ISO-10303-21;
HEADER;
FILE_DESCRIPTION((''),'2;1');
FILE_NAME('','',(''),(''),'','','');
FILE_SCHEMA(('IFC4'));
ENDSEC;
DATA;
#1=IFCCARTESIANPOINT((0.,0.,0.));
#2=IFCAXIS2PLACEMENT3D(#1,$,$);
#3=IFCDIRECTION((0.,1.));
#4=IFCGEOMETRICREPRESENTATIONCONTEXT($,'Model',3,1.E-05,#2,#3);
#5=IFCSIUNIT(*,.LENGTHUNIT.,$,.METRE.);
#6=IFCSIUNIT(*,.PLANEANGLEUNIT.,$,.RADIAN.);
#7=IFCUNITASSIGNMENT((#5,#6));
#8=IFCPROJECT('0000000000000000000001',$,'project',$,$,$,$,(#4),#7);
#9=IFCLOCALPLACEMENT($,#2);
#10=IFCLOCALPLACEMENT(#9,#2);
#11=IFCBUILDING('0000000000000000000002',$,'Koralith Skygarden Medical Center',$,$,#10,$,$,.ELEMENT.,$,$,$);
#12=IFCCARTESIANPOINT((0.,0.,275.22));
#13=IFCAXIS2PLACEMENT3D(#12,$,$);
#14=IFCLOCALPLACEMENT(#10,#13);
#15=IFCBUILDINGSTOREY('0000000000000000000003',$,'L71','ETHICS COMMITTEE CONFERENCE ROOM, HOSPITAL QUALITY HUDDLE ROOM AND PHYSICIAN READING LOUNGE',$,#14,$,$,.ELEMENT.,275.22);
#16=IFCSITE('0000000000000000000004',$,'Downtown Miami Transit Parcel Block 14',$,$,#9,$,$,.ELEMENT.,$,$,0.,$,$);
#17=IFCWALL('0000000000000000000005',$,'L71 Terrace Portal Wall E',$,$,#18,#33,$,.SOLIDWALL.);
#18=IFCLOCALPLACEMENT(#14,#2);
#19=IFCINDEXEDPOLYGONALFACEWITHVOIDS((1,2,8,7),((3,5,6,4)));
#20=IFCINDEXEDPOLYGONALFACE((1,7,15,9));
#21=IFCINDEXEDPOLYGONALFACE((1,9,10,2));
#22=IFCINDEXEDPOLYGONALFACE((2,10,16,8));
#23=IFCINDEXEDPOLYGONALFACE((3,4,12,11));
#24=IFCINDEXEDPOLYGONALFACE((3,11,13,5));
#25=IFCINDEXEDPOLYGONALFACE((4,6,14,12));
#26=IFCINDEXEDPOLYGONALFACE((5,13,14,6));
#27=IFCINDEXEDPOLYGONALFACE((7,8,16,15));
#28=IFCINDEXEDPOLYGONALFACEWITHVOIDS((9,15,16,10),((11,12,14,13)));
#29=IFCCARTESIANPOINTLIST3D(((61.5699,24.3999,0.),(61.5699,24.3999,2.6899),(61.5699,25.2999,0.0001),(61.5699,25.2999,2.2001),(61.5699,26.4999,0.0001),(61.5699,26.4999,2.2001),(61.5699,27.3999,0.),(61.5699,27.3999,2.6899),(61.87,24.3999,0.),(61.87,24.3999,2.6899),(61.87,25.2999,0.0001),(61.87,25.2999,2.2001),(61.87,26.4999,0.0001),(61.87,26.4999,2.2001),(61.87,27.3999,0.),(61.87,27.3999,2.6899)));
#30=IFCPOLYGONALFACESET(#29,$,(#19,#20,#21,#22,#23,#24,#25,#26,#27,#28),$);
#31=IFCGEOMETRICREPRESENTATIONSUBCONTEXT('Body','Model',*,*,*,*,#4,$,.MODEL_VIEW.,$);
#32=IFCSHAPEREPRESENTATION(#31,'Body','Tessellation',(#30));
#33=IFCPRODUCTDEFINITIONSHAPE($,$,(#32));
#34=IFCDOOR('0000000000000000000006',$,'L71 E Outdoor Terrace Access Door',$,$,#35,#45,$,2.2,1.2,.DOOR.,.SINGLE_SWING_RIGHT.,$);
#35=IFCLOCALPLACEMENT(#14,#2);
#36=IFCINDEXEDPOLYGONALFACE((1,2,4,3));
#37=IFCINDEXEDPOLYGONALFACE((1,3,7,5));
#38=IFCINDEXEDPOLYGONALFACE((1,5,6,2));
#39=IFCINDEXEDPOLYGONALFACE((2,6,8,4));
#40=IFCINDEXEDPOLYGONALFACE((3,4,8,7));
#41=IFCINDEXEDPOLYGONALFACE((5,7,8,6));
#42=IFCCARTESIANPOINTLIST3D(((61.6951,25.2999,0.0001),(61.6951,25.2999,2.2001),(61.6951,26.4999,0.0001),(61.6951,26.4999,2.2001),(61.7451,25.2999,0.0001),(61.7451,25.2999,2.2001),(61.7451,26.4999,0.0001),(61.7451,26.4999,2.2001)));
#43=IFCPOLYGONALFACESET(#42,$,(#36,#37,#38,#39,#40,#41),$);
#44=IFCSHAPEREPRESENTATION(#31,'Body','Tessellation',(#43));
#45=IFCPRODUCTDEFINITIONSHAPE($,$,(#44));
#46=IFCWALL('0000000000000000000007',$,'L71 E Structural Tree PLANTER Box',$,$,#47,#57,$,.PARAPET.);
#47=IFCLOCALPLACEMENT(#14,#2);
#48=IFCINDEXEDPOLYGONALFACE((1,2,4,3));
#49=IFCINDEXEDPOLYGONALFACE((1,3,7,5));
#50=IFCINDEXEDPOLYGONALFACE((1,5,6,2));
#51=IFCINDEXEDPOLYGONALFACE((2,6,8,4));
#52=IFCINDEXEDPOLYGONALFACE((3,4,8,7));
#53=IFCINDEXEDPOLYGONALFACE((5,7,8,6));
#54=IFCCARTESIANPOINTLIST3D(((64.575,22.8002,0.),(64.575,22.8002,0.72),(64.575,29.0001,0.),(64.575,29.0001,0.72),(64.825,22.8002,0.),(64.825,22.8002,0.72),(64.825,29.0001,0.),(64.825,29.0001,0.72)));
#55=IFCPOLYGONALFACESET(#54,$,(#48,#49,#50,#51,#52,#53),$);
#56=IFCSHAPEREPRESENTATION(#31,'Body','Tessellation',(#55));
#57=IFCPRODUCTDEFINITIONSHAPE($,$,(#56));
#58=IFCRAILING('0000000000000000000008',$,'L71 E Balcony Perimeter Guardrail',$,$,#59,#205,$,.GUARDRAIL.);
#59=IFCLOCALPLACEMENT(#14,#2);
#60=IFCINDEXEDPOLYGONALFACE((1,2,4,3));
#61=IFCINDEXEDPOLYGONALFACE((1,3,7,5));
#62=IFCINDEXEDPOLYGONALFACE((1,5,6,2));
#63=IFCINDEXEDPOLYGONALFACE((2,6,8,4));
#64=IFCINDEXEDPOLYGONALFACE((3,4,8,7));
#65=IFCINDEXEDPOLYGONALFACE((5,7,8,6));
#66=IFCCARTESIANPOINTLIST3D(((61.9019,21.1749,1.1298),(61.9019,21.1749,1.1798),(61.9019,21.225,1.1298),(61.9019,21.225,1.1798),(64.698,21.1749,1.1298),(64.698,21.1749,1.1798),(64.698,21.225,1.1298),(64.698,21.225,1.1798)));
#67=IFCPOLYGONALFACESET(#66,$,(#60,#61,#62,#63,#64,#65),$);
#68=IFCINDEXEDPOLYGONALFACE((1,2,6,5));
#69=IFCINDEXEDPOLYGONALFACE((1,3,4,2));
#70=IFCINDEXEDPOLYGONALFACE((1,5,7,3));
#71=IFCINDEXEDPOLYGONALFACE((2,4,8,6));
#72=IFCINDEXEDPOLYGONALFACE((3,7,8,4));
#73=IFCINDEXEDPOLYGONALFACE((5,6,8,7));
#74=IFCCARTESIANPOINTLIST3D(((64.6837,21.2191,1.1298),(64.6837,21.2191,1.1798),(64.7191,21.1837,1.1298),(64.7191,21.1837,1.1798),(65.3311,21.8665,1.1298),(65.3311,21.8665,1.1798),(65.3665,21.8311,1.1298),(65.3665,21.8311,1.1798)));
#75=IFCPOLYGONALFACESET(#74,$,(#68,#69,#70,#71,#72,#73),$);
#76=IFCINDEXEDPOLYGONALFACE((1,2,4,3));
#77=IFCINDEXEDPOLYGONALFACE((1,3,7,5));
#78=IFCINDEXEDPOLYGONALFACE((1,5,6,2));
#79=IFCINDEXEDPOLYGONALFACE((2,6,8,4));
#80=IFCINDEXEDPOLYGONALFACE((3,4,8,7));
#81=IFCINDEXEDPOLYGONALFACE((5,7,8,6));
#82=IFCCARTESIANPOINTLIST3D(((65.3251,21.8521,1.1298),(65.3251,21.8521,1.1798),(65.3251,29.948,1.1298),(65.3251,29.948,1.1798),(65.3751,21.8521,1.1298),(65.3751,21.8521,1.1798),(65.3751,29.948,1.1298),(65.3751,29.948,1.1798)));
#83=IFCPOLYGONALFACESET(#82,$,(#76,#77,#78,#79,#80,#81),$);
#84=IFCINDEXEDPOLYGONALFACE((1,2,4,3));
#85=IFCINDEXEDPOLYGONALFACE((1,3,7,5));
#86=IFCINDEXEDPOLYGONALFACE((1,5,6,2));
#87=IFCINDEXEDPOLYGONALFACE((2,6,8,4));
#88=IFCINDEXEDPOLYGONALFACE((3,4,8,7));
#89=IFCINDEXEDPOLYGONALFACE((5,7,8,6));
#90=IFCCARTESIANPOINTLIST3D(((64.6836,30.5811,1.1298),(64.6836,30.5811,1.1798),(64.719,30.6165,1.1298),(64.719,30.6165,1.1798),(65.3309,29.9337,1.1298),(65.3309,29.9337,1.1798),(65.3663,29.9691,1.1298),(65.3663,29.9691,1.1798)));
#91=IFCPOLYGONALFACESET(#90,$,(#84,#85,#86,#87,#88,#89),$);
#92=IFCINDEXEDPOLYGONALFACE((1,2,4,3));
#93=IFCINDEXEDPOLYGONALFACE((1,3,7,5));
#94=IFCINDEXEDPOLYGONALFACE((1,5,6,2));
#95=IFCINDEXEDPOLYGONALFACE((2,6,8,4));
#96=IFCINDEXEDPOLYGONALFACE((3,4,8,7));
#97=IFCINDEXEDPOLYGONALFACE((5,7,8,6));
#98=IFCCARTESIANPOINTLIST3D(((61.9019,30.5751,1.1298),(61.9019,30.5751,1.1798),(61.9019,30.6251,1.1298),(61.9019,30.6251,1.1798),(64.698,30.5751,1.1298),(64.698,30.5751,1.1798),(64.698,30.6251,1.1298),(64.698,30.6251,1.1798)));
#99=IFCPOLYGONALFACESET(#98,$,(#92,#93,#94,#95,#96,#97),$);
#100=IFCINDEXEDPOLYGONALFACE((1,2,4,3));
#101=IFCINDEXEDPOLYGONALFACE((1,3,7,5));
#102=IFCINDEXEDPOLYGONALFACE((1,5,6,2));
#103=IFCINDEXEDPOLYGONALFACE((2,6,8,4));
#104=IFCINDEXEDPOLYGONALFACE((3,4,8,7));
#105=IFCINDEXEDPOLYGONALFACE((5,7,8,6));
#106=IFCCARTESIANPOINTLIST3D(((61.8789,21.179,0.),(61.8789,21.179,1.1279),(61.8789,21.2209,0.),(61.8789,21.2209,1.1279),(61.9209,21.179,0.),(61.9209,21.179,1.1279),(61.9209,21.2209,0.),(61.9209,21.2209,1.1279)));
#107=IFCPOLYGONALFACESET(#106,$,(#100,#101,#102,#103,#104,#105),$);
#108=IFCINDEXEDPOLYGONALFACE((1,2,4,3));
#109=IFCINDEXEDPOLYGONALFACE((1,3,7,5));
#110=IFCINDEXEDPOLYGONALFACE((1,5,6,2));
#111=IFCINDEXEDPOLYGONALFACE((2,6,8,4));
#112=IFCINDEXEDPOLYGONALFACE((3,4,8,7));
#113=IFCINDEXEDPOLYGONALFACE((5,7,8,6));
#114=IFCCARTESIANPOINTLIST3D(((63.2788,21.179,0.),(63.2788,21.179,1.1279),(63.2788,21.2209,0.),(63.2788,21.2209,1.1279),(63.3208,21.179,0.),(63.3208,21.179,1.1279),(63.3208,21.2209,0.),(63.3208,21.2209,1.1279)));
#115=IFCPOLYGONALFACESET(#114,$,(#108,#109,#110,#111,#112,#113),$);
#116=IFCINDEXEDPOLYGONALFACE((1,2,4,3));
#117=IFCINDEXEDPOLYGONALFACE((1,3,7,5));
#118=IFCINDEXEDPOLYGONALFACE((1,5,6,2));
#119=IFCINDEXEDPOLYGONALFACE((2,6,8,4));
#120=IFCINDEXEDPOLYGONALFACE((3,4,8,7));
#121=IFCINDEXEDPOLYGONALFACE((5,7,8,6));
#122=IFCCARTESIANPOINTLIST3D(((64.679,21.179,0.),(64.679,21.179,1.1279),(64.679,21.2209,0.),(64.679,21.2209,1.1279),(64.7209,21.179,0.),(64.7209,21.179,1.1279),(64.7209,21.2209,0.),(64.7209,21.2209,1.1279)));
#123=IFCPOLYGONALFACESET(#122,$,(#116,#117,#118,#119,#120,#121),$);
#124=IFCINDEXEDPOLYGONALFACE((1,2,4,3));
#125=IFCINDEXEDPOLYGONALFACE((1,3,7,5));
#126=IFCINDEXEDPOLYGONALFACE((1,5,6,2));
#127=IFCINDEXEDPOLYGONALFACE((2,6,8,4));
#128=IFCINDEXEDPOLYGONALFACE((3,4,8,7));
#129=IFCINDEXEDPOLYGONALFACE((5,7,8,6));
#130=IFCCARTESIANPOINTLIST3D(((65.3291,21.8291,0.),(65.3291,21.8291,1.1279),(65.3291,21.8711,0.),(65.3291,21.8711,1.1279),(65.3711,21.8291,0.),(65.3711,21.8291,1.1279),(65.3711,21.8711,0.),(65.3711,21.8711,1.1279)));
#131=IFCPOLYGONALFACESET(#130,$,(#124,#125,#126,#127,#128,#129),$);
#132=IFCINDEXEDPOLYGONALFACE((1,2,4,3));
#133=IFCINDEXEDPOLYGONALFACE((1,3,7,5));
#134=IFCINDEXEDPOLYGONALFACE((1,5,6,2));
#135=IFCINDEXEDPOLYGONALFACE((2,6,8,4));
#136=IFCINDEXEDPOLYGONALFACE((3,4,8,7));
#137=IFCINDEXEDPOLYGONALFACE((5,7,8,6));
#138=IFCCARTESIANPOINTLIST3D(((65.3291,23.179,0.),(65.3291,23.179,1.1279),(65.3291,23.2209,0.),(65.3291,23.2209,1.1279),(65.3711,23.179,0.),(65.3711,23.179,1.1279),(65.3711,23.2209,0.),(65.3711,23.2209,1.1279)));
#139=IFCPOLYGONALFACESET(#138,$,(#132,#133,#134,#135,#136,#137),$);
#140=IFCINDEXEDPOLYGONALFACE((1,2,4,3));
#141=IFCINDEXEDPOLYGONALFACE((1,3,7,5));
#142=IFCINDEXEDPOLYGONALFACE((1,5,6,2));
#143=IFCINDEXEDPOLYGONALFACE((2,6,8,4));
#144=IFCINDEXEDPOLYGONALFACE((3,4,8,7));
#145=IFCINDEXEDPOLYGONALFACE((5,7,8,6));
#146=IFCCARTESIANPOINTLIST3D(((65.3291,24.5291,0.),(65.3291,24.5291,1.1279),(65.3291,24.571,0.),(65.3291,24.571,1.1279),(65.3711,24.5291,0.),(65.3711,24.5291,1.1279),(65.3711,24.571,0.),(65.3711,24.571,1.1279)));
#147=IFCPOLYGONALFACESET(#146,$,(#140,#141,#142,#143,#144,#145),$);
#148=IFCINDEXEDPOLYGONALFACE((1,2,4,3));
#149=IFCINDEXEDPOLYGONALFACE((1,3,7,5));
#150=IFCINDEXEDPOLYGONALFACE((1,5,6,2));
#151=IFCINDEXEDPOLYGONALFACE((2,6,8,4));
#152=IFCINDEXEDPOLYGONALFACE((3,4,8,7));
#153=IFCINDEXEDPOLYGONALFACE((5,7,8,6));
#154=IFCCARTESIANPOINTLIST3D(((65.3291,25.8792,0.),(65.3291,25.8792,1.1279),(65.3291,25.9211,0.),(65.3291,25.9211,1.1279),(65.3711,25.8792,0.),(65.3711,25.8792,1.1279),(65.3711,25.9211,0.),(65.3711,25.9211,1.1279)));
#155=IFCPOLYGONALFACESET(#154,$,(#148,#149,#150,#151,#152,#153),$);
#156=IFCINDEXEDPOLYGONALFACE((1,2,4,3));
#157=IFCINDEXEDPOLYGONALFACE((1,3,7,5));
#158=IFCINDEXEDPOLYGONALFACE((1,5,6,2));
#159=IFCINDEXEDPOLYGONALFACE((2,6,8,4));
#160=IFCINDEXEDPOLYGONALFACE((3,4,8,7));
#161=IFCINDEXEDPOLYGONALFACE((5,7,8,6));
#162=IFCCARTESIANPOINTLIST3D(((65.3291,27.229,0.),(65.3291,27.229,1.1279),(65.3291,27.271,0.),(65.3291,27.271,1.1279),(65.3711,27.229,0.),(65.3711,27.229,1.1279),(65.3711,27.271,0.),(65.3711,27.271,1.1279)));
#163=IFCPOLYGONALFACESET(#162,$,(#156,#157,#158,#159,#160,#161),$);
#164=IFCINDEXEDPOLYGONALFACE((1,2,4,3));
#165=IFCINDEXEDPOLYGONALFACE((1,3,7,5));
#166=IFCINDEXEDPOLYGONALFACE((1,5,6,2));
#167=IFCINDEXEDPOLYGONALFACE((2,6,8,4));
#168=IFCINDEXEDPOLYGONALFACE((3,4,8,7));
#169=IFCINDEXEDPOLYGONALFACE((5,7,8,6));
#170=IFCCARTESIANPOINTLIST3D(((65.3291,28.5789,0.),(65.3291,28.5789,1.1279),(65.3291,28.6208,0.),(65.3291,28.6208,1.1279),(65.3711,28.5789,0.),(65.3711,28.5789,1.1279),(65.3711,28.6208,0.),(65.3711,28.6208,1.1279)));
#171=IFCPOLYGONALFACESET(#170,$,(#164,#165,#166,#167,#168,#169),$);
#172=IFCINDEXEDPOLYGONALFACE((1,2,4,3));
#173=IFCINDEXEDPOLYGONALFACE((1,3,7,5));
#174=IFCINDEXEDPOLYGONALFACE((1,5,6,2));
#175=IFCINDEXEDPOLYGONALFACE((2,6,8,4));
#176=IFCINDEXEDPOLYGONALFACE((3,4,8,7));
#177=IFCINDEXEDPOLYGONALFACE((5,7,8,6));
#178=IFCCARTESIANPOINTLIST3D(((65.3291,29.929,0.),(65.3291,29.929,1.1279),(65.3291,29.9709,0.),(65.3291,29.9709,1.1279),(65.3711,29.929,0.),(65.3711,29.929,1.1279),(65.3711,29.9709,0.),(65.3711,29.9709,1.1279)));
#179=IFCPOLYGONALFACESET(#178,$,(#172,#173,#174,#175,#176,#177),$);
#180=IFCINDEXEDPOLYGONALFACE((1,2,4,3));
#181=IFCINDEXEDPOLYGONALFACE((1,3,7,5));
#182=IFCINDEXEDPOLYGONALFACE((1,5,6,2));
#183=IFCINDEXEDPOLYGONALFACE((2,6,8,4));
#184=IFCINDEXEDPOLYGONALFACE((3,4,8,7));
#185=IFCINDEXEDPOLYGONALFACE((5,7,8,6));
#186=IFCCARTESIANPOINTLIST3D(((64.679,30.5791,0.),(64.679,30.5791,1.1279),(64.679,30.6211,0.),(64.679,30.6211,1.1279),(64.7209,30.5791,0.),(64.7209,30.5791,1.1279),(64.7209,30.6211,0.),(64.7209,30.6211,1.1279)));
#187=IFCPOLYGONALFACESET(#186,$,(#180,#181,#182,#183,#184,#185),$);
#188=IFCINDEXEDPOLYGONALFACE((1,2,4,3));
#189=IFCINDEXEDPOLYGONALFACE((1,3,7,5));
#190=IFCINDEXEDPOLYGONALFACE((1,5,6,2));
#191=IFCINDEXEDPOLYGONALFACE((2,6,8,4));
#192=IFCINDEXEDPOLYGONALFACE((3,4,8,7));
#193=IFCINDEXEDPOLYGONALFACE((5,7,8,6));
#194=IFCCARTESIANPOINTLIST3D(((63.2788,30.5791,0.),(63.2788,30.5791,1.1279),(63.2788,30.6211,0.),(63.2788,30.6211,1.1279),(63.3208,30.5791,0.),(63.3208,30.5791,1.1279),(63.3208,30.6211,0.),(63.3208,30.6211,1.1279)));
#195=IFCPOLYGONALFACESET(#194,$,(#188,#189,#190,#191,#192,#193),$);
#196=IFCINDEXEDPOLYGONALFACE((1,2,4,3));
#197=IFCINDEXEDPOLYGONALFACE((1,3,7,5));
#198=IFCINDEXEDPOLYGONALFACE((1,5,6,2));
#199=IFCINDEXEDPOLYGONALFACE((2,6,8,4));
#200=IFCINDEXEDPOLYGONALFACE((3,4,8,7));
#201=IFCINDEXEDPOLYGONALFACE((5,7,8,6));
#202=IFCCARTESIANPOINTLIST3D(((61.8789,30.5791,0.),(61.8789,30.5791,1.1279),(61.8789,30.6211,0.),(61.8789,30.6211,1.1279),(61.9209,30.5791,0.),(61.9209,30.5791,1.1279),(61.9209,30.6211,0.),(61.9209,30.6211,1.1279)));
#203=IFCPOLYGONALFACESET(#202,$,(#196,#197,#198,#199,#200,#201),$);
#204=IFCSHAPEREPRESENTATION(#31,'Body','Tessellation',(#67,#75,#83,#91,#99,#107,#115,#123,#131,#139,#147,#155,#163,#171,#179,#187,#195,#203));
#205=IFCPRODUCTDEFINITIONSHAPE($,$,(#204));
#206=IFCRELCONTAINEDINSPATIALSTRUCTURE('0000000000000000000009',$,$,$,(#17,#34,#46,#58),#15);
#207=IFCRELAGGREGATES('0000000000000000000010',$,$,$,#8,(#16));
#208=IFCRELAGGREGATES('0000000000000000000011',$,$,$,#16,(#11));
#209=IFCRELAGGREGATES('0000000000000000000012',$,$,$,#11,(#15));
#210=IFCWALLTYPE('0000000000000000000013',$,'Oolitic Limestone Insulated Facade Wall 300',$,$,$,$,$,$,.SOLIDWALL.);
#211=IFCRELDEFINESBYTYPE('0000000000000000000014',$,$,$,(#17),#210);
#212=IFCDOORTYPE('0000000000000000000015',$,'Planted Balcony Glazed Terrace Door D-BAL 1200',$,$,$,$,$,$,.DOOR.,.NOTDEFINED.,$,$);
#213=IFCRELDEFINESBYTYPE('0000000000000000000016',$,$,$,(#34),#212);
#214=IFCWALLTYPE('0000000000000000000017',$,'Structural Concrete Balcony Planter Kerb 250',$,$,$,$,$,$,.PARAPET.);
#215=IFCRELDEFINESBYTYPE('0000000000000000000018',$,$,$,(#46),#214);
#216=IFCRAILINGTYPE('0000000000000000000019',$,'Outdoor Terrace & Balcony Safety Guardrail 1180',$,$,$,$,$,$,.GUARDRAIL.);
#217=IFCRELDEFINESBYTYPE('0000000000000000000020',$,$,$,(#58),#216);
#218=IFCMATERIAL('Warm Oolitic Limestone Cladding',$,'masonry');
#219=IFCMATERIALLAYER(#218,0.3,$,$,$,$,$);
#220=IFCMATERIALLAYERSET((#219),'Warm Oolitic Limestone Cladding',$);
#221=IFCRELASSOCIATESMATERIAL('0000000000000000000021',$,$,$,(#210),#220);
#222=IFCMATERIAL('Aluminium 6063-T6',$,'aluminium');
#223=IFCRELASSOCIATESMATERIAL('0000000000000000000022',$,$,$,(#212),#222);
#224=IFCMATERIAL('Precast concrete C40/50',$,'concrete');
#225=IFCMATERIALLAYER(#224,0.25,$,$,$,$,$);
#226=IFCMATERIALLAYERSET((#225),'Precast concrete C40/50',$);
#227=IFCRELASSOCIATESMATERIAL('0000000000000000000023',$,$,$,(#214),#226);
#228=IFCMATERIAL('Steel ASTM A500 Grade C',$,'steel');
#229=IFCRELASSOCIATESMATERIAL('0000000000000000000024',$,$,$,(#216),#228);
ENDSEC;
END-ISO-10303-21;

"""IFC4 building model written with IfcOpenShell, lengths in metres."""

from ifc_helpers import new_model, si_unit, direction, frame, frame_2d, origin, origin_2d, place, context, subcontext, project, spatial, rectangle, extrude, material, layer, layer_set, type_object, element, fill, save


model = new_model("IFC4")

# Units and contexts
model_context = context("Model", 3, precision=1e-05, world=origin(), true_north=direction((0.0, 1.0)))
body_context = subcontext(model_context, "Body", "Model", "MODEL_VIEW")
ifc_project = project(units=[si_unit("LENGTHUNIT", "METRE"), si_unit("PLANEANGLEUNIT", "RADIAN")], contexts=[model_context])

# Site, building, storey
site_placement = place(None, origin())
site = spatial("IfcSite", under=ifc_project, at=site_placement, Name="Downtown Miami Transit Parcel Block 14", CompositionType="ELEMENT", RefElevation=0.0)
building_placement = place(site_placement, origin())
building = spatial("IfcBuilding", under=site, at=building_placement, Name="Koralith Skygarden Medical Center", CompositionType="ELEMENT")
storey_placement = place(building_placement, frame((0.0, 0.0, 275.22)))
storey = spatial("IfcBuildingStorey", under=building, at=storey_placement, Name="L71", Description="ETHICS COMMITTEE CONFERENCE ROOM, HOSPITAL QUALITY HUDDLE ROOM AND PHYSICIAN READING LOUNGE", CompositionType="ELEMENT", Elevation=275.22)

# Shared definitions
ifc_material_1 = material(Name="Aluminium 6063-T6", Category="aluminium")

# Wall, opening, door
ifc_material_2 = material(Name="Warm Oolitic Limestone Cladding", Category="masonry")
ifc_layer_1 = layer(ifc_material_2, 0.3)
ifc_layer_set_1 = layer_set([ifc_layer_1], Name="Warm Oolitic Limestone Cladding")
wall_type_1 = type_object("IfcWallType", Name="Oolitic Limestone Insulated Facade Wall 300", PredefinedType="SOLIDWALL", material=ifc_layer_set_1)
wall_1_placement = place(storey_placement, frame((61.72, 24.3999, 0.0), z_axis=(0.0, 0.0, 1.0), x_axis=(0.0, 1.0, 0.0)))
wall_1 = element("IfcWall", 1, at=wall_1_placement, inside=storey, type_object=wall_type_1, Name="L71 Terrace Portal Wall E", PredefinedType="SOLIDWALL", context=body_context, shape_type="SweptSolid", body=[
    extrude(rectangle(XDim=3.0, YDim=0.3, at=frame_2d((1.5, 0.0))), origin(), (0.0, 0.0, 1.0), 2.6899),
])
opening_1_placement = place(wall_1_placement, frame((0.8999, 0.0, 0.0)))
opening_1 = element("IfcOpeningElement", 2, at=opening_1_placement, cuts=wall_1, PredefinedType="OPENING", context=body_context, shape_type="SweptSolid", body=[
    extrude(rectangle(XDim=1.2, YDim=2.2, at=frame_2d((0.6001, 1.1001))), frame((0.0, 0.1599, 0.0), z_axis=(0.0, -1.0, 0.0), x_axis=(1.0, 0.0, 0.0)), (0.0, 0.0, 1.0), 0.3201),
])
door_type_1 = type_object("IfcDoorType", Name="Planted Balcony Glazed Terrace Door D-BAL 1200", OperationType="NOTDEFINED", PredefinedType="DOOR", material=ifc_material_1)
door_1_placement = place(opening_1_placement, origin())
door_1 = element("IfcDoor", 3, at=door_1_placement, inside=storey, type_object=door_type_1, Name="L71 E Outdoor Terrace Access Door", OperationType="SINGLE_SWING_RIGHT", OverallHeight=2.2, OverallWidth=1.2, PredefinedType="DOOR", context=body_context, shape_type="SweptSolid", body=[
    extrude(rectangle(XDim=1.2, YDim=2.2, at=frame_2d((0.6001, 1.1001))), frame((0.0, 0.0249, 0.0), z_axis=(0.0, -1.0, 0.0), x_axis=(1.0, 0.0, 0.0)), (0.0, 0.0, 1.0), 0.05),
])
fill(opening_1, door_1)

# Wall
ifc_material_3 = material(Name="Precast concrete C40/50", Category="concrete")
ifc_layer_2 = layer(ifc_material_3, 0.25)
ifc_layer_set_2 = layer_set([ifc_layer_2], Name="Precast concrete C40/50")
wall_type_2 = type_object("IfcWallType", Name="Structural Concrete Balcony Planter Kerb 250", PredefinedType="PARAPET", material=ifc_layer_set_2)
wall_2_placement = place(storey_placement, frame((64.7, 22.8, 0.0), z_axis=(0.0, 0.0, 1.0), x_axis=(0.0, 1.0, 0.0)))
element("IfcWall", 4, at=wall_2_placement, inside=storey, type_object=wall_type_2, Name="L71 E Structural Tree PLANTER Box", PredefinedType="PARAPET", context=body_context, shape_type="SweptSolid", body=[
    extrude(rectangle(XDim=6.2, YDim=0.25, at=frame_2d((3.1001, 0.0))), origin(), (0.0, 0.0, 1.0), 0.72),
])

# Railing
ifc_material_4 = material(Name="Steel ASTM A500 Grade C", Category="steel")
railing_type = type_object("IfcRailingType", Name="Outdoor Terrace & Balcony Safety Guardrail 1180", PredefinedType="GUARDRAIL", material=ifc_material_4)
railing_placement = place(storey_placement, frame((61.8999, 21.2, 0.0)))
element("IfcRailing", 5, at=railing_placement, inside=storey, type_object=railing_type, Name="L71 E Balcony Perimeter Guardrail", PredefinedType="GUARDRAIL", context=body_context, shape_type="SweptSolid", body=[
    extrude(rectangle(XDim=0.05, YDim=0.05, at=origin_2d()), frame((0.002, 0.0, 1.1548), z_axis=(1.0, 0.0, 0.0), x_axis=(0.0, 1.0, 0.0)), (0.0, 0.0, 1.0), 2.7961),
    extrude(rectangle(XDim=0.05, YDim=0.05, at=origin_2d()), frame((2.8015, 0.0015, 1.1548), z_axis=(0.707107, 0.707107, 0.0), x_axis=(-0.707107, 0.707107, 0.0)), (0.0, 0.0, 1.0), 0.9155),
    extrude(rectangle(XDim=0.05, YDim=0.05, at=origin_2d()), frame((3.4502, 0.6521, 1.1548), z_axis=(0.0, 1.0, 0.0), x_axis=(-1.0, 0.0, 0.0)), (0.0, 0.0, 1.0), 8.0959),
    extrude(rectangle(XDim=0.05, YDim=0.05, at=origin_2d()), frame((3.4487, 8.7515, 1.1548), z_axis=(-0.707107, 0.707107, 0.0), x_axis=(-0.707107, -0.707107, 0.0)), (0.0, 0.0, 1.0), 0.9155),
    extrude(rectangle(XDim=0.05, YDim=0.05, at=origin_2d()), frame((2.7981, 9.4001, 1.1548), z_axis=(-1.0, 0.0, 0.0), x_axis=(0.0, -1.0, 0.0)), (0.0, 0.0, 1.0), 2.7961),
    extrude(rectangle(XDim=0.042, YDim=0.042, at=origin_2d()), origin(), (0.0, 0.0, 1.0), 1.1279),
    extrude(rectangle(XDim=0.042, YDim=0.042, at=origin_2d()), frame((1.3999, 0.0, 0.0)), (0.0, 0.0, 1.0), 1.1279),
    extrude(rectangle(XDim=0.042, YDim=0.042, at=origin_2d()), frame((2.8, 0.0, 0.0)), (0.0, 0.0, 1.0), 1.1279),
    extrude(rectangle(XDim=0.042, YDim=0.042, at=origin_2d()), frame((3.4502, 0.6501, 0.0)), (0.0, 0.0, 1.0), 1.1279),
    extrude(rectangle(XDim=0.042, YDim=0.042, at=origin_2d()), frame((3.4502, 2.0, 0.0)), (0.0, 0.0, 1.0), 1.1279),
    extrude(rectangle(XDim=0.042, YDim=0.042, at=origin_2d()), frame((3.4502, 3.3501, 0.0)), (0.0, 0.0, 1.0), 1.1279),
    extrude(rectangle(XDim=0.042, YDim=0.042, at=origin_2d()), frame((3.4502, 4.7002, 0.0)), (0.0, 0.0, 1.0), 1.1279),
    extrude(rectangle(XDim=0.042, YDim=0.042, at=origin_2d()), frame((3.4502, 6.05, 0.0)), (0.0, 0.0, 1.0), 1.1279),
    extrude(rectangle(XDim=0.042, YDim=0.042, at=origin_2d()), frame((3.4502, 7.3999, 0.0)), (0.0, 0.0, 1.0), 1.1279),
    extrude(rectangle(XDim=0.042, YDim=0.042, at=origin_2d()), frame((3.4502, 8.75, 0.0)), (0.0, 0.0, 1.0), 1.1279),
    extrude(rectangle(XDim=0.042, YDim=0.042, at=origin_2d()), frame((2.8, 9.4001, 0.0)), (0.0, 0.0, 1.0), 1.1279),
    extrude(rectangle(XDim=0.042, YDim=0.042, at=origin_2d()), frame((1.3999, 9.4001, 0.0)), (0.0, 0.0, 1.0), 1.1279),
    extrude(rectangle(XDim=0.042, YDim=0.042, at=origin_2d()), frame((0.0, 9.4001, 0.0)), (0.0, 0.0, 1.0), 1.1279),
])

save(model, "model.ifc")
